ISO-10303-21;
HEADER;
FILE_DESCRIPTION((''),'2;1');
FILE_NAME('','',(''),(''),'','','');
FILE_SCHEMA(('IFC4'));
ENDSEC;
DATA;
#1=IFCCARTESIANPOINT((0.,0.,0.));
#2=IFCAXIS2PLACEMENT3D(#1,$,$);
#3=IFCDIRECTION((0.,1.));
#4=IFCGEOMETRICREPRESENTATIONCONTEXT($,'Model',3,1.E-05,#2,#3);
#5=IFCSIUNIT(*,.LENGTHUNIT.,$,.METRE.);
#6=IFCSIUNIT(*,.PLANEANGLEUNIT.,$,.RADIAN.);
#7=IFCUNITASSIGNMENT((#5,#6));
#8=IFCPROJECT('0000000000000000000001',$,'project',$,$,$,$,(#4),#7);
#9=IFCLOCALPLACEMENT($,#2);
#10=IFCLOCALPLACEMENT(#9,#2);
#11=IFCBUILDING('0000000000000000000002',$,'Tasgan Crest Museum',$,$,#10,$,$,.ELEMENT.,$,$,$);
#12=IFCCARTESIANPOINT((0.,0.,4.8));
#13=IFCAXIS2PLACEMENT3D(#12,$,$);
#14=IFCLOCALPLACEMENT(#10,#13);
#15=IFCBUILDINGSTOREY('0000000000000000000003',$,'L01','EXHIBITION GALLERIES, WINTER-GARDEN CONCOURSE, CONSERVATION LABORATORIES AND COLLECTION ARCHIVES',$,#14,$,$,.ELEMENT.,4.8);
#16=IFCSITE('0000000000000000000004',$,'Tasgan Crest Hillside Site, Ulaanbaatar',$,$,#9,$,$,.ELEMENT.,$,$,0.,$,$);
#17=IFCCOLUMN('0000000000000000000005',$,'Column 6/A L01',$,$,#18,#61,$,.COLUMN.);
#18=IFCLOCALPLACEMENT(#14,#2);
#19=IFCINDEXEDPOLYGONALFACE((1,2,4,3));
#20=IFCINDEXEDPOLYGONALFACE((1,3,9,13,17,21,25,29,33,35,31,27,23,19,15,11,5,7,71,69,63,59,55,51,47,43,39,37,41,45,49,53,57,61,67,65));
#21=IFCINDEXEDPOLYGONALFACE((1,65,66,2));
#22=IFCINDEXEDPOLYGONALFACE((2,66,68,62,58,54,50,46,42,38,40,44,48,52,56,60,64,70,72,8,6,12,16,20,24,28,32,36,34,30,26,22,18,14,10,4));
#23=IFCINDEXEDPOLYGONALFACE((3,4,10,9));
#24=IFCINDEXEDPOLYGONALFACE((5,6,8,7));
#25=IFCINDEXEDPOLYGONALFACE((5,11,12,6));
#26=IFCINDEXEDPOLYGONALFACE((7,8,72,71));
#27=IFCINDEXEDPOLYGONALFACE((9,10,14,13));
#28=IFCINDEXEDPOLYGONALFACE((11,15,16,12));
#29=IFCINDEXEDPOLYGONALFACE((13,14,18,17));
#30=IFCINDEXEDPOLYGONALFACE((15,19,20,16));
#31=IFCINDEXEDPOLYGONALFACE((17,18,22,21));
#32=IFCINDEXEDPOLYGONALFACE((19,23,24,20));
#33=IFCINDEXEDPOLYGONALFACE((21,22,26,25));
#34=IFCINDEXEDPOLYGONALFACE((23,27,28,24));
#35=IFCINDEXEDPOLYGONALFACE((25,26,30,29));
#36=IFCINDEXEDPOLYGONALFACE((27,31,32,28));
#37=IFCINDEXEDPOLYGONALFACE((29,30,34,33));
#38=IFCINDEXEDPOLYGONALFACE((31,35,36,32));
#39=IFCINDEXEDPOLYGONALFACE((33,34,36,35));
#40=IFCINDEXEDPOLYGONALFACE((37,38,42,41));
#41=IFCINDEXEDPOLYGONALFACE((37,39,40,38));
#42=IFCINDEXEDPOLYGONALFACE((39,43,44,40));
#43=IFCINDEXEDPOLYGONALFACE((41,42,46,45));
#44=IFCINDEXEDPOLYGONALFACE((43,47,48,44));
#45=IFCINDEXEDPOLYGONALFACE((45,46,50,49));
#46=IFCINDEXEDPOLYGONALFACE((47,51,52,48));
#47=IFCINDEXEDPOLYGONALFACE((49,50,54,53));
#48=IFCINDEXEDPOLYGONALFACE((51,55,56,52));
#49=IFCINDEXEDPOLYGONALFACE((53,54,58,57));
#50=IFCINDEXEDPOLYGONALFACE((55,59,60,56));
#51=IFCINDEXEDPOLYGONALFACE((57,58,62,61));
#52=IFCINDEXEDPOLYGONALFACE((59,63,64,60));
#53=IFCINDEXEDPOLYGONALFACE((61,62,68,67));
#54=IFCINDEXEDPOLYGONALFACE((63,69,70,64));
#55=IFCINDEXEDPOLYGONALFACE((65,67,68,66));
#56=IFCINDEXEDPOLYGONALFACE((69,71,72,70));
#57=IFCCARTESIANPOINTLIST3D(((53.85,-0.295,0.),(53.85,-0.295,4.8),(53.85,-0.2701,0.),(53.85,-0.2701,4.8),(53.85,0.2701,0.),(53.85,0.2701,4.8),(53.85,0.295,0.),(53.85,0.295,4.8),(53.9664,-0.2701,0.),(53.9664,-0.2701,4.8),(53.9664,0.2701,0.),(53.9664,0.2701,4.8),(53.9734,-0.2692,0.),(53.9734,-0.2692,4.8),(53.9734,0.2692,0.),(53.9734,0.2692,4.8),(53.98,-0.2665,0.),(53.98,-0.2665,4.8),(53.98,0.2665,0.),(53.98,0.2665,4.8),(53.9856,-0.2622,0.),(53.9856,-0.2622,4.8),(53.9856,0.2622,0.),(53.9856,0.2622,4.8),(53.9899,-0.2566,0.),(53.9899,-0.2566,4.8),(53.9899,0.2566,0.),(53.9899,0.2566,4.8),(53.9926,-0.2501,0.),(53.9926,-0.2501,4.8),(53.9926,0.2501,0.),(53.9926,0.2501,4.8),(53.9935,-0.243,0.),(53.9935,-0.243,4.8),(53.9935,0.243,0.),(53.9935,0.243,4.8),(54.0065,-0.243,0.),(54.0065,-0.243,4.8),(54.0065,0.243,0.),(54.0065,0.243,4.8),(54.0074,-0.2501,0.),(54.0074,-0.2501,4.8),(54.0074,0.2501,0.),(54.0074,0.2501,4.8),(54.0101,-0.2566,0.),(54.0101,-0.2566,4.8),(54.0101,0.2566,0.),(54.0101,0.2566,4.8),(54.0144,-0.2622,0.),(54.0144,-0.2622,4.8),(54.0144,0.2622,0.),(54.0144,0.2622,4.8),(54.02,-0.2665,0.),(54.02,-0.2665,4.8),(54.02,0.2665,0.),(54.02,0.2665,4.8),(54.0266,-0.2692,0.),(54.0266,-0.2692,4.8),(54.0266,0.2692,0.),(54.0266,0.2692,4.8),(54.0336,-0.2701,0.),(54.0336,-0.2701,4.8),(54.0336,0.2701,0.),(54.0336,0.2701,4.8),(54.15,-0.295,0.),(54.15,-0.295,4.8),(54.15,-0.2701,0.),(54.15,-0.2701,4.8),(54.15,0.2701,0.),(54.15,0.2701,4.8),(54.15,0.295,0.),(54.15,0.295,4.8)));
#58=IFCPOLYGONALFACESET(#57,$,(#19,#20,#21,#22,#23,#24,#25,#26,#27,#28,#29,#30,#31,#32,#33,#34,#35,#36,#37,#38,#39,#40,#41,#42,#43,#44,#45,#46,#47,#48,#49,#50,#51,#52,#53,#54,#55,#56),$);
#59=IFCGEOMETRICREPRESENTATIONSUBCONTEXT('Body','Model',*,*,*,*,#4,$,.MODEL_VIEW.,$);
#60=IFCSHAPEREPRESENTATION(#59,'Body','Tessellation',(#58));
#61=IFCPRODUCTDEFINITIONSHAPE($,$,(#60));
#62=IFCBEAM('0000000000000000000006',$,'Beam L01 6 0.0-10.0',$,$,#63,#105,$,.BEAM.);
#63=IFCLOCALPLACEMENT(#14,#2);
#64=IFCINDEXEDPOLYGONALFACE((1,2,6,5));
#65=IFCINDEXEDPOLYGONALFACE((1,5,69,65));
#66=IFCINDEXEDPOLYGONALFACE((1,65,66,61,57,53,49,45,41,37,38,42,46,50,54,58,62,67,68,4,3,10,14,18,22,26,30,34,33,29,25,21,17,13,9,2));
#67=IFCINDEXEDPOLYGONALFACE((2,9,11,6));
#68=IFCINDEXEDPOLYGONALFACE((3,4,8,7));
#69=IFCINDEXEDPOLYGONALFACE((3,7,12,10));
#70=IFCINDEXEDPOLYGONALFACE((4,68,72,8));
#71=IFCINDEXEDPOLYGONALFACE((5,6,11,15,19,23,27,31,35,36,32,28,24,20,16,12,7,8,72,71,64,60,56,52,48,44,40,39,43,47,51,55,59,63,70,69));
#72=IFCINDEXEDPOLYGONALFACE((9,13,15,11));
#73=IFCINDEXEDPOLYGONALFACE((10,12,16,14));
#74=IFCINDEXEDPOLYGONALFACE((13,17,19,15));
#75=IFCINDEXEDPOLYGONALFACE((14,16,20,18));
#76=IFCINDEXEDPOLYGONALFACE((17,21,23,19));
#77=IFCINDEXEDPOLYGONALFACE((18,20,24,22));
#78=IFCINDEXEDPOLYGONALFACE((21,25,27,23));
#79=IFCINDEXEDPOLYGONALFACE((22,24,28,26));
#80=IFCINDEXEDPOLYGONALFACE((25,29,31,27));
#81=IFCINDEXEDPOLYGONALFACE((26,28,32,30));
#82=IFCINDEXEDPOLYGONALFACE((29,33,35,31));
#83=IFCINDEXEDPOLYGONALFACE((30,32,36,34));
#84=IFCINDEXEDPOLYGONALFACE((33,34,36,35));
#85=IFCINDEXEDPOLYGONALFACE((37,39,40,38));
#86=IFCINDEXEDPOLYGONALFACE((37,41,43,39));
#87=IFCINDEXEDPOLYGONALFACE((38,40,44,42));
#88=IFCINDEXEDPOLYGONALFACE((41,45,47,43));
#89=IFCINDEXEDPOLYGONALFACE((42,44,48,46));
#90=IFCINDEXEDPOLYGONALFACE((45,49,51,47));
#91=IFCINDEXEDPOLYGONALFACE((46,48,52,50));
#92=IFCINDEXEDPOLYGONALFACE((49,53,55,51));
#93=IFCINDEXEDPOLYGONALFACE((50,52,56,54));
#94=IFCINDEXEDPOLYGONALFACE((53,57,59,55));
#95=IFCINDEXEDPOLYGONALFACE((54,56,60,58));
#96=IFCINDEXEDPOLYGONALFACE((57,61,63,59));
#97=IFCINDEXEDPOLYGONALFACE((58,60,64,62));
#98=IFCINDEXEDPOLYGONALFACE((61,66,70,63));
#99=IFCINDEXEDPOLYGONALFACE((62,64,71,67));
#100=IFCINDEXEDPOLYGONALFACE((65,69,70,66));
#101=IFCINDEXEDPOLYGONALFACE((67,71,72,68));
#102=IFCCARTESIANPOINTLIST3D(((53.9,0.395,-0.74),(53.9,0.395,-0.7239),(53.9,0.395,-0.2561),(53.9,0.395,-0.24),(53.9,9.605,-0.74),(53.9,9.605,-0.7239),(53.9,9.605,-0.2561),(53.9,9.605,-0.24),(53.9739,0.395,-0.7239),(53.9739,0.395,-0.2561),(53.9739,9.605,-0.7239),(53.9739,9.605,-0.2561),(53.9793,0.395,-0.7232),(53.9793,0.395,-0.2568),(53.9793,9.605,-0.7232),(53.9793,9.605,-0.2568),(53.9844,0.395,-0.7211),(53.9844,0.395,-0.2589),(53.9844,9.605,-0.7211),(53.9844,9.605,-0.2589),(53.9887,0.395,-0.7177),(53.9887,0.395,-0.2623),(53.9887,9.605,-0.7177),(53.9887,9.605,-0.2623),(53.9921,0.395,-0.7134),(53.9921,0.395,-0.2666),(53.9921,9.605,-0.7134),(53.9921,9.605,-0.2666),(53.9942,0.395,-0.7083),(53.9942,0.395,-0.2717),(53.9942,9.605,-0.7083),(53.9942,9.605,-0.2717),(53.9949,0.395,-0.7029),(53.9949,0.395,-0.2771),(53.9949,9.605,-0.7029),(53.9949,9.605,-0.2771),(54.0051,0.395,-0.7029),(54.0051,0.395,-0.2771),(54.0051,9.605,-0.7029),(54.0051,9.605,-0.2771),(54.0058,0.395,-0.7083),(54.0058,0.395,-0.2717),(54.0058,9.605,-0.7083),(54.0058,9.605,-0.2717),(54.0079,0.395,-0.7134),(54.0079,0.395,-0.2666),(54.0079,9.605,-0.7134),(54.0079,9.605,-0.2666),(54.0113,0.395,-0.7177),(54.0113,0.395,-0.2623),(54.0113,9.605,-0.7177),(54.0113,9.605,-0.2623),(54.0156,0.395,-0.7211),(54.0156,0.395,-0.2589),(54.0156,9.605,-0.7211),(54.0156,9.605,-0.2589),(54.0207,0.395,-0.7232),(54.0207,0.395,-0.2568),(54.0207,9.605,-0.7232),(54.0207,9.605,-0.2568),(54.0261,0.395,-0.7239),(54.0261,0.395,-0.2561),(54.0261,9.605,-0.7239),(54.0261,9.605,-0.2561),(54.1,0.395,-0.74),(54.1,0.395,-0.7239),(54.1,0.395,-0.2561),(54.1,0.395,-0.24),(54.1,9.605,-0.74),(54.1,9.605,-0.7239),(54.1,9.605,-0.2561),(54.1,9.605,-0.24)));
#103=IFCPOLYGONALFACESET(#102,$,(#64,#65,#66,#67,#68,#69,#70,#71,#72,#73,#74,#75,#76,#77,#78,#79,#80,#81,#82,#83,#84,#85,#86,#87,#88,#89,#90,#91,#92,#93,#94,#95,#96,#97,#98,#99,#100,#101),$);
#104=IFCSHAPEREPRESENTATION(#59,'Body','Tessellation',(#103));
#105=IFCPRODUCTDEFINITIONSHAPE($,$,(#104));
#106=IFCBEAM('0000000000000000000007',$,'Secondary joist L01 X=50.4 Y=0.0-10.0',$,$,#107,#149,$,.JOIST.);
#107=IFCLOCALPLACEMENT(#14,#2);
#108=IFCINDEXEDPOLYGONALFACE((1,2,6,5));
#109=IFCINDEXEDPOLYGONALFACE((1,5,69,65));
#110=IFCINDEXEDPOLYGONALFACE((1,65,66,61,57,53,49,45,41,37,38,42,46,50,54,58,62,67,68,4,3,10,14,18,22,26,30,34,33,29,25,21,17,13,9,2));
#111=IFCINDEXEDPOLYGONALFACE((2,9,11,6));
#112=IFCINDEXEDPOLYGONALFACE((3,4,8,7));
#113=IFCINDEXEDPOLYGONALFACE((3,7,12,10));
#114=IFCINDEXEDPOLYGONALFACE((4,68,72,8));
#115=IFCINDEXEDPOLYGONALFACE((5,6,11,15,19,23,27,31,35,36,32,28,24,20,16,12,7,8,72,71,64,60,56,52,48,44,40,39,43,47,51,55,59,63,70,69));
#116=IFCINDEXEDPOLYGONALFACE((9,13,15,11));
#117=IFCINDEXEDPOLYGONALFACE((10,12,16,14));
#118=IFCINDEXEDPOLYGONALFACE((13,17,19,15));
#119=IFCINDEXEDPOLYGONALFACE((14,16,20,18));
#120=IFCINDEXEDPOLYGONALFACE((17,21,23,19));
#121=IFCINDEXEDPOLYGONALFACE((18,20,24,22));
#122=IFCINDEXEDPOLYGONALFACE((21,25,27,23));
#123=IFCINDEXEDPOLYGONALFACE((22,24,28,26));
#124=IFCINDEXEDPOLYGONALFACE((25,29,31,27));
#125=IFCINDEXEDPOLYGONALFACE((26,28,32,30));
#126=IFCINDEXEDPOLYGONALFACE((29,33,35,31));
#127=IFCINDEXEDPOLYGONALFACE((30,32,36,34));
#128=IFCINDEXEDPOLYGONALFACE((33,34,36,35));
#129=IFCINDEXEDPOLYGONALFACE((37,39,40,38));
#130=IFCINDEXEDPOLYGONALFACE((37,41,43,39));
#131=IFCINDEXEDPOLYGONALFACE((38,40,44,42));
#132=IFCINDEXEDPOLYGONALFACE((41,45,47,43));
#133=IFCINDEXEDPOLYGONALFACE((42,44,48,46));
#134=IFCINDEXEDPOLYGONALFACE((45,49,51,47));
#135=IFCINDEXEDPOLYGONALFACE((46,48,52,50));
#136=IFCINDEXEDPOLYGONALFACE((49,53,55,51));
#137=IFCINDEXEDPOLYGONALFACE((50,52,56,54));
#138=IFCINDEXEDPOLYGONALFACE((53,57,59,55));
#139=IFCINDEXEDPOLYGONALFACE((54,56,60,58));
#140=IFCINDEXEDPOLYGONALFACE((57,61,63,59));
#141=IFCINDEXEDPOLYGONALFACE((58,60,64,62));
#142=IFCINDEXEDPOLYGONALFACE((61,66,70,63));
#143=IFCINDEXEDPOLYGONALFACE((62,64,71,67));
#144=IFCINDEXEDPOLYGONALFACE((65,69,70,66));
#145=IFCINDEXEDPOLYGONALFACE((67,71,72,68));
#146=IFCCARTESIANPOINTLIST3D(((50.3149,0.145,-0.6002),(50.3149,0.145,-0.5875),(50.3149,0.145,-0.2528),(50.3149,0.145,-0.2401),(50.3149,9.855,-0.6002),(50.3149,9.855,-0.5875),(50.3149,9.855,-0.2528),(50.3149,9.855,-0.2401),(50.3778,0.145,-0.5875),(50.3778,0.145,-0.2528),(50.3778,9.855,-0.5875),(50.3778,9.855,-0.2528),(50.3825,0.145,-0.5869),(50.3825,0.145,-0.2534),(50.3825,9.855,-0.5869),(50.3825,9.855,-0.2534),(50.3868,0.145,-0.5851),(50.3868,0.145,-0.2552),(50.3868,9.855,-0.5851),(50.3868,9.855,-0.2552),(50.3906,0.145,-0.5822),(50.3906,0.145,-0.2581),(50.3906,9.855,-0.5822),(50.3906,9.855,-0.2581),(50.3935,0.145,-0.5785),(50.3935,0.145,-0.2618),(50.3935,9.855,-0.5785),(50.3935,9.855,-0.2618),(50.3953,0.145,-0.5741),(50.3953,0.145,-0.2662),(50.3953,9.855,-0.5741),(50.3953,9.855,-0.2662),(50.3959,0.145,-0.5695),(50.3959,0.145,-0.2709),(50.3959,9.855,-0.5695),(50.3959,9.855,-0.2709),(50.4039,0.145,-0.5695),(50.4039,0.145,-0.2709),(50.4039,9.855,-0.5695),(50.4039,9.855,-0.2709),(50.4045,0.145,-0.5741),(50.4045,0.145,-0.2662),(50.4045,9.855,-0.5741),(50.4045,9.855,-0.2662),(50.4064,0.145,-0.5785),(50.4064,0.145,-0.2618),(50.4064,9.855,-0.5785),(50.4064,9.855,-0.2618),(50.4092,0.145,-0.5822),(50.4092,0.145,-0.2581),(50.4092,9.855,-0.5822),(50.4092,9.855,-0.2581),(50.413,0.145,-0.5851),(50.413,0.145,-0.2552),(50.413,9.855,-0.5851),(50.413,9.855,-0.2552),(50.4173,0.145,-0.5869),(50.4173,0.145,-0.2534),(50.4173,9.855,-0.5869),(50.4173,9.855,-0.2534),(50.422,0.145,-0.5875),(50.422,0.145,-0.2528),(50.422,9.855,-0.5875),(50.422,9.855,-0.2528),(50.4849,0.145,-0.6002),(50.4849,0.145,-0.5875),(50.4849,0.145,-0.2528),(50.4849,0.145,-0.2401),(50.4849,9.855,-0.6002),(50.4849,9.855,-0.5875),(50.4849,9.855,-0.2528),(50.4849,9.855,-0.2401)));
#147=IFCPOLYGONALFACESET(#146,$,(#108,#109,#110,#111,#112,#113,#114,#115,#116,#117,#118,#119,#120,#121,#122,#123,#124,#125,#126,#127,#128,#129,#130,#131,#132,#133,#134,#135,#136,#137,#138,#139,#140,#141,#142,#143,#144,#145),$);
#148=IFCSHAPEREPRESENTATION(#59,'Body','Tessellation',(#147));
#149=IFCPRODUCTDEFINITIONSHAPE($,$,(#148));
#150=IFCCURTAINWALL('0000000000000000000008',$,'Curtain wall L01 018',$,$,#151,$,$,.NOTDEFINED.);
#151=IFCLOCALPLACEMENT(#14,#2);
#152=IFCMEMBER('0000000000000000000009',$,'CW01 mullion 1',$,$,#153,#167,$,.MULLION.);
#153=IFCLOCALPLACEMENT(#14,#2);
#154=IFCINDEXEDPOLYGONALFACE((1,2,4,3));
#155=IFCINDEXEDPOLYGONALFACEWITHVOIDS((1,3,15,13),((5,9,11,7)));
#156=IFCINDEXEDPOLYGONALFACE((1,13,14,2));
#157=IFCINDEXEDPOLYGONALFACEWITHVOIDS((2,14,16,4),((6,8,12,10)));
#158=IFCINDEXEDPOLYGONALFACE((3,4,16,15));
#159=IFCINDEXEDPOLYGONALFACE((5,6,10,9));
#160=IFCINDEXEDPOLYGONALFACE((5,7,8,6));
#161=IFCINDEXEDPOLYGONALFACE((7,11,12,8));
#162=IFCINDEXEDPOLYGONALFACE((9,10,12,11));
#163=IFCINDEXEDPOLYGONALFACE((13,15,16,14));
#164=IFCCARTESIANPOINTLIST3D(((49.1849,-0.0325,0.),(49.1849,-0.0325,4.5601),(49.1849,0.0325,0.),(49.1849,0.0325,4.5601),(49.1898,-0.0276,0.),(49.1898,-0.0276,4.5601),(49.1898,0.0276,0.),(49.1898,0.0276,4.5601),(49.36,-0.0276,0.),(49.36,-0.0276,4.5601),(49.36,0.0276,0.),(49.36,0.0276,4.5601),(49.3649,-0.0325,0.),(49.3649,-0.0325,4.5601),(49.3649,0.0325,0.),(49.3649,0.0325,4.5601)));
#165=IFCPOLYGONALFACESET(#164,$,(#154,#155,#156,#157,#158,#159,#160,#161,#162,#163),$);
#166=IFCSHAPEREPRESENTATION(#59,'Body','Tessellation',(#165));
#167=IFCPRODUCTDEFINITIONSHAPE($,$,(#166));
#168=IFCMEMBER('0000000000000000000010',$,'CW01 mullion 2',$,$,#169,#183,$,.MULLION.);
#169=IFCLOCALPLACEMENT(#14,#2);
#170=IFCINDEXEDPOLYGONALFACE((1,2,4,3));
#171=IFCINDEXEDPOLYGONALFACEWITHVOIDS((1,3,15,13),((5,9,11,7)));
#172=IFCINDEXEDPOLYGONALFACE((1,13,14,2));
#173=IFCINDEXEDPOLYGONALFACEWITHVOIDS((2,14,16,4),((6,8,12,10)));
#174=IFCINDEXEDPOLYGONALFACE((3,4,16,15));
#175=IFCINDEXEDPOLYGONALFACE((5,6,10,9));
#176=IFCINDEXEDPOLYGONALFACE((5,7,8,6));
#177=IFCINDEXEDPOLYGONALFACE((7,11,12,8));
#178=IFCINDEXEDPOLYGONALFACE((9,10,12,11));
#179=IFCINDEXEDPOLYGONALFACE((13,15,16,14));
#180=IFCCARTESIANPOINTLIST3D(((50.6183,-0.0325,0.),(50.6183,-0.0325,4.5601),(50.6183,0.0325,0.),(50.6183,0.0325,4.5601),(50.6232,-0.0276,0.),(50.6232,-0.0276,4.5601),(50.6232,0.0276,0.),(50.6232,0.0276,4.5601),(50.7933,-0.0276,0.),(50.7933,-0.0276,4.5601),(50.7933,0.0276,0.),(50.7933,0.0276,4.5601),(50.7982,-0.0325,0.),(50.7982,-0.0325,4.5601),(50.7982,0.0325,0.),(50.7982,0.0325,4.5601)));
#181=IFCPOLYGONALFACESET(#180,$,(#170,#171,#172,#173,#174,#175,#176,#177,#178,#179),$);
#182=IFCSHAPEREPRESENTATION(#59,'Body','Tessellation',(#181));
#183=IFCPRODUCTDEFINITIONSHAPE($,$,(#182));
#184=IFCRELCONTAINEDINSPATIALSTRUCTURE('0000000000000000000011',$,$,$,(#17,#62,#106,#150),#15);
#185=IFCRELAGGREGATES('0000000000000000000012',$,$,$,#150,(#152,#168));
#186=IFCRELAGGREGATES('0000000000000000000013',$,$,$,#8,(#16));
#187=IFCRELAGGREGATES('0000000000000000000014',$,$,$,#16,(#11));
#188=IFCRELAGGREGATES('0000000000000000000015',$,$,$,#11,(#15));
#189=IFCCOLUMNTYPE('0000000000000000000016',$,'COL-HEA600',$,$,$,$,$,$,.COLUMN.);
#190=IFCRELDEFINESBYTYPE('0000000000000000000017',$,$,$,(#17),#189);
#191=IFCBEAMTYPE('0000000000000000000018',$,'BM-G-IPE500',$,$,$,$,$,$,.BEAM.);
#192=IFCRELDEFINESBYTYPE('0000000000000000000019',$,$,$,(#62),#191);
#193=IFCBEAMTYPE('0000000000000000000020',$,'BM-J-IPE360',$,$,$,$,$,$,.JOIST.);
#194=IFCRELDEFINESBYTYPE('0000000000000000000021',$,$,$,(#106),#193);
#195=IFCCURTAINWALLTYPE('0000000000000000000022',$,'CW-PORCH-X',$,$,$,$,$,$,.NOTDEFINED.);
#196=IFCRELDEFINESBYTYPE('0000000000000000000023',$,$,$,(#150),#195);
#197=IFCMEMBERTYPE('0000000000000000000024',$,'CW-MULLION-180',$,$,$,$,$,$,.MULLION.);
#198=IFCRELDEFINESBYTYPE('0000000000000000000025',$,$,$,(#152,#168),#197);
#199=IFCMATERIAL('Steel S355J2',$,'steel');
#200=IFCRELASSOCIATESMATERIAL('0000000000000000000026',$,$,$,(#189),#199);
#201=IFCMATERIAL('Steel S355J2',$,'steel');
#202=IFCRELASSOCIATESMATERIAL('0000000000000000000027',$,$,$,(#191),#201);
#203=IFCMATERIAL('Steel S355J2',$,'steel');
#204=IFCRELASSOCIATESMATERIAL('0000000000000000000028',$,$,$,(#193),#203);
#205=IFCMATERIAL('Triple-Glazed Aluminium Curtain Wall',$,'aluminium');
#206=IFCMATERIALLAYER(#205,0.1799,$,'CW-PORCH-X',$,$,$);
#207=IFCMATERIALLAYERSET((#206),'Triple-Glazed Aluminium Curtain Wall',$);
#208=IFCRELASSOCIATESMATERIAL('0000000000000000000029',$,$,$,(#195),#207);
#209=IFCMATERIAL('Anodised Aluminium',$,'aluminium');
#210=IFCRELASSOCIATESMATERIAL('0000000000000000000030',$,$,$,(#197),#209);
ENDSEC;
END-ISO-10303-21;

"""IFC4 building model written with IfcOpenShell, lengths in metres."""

from ifc_helpers import new_model, si_unit, direction, frame, origin, origin_2d, place, context, subcontext, project, spatial, hollow_rectangle, i_section, extrude, material, layer, layer_set, material_profile, profile_set, type_object, element, aggregate, save


model = new_model("IFC4")

# Units and contexts
model_context = context("Model", 3, precision=1e-05, world=origin(), true_north=direction((0.0, 1.0)))
body_context = subcontext(model_context, "Body", "Model", "MODEL_VIEW")
ifc_project = project(units=[si_unit("LENGTHUNIT", "METRE"), si_unit("PLANEANGLEUNIT", "RADIAN")], contexts=[model_context])

# Site, building, storey
site_placement = place(None, origin())
site = spatial("IfcSite", under=ifc_project, at=site_placement, Name="Tasgan Crest Hillside Site, Ulaanbaatar", CompositionType="ELEMENT", RefElevation=0.0)
building_placement = place(site_placement, origin())
building = spatial("IfcBuilding", under=site, at=building_placement, Name="Tasgan Crest Museum", CompositionType="ELEMENT")
storey_placement = place(building_placement, frame((0.0, 0.0, 4.8)))
storey = spatial("IfcBuildingStorey", under=building, at=storey_placement, Name="L01", Description="EXHIBITION GALLERIES, WINTER-GARDEN CONCOURSE, CONSERVATION LABORATORIES AND COLLECTION ARCHIVES", CompositionType="ELEMENT", Elevation=4.8)

# Column
ifc_material_1 = material(Name="Steel S355J2", Category="steel")
ifc_material_profile_1 = material_profile(ifc_material_1, i_section(OverallWidth=0.3, OverallDepth=0.5901, WebThickness=0.0129, FlangeThickness=0.0249, FilletRadius=0.0271, at=origin_2d()), Name="HEA 600")
ifc_profile_set_1 = profile_set([ifc_material_profile_1], Name="Steel S355J2")
column_type = type_object("IfcColumnType", Name="COL-HEA600", PredefinedType="COLUMN", material=ifc_profile_set_1)
column_placement = place(storey_placement, frame((54.0, 0.0, 0.0), z_axis=(0.0, 0.0, 1.0), x_axis=(1.0, 0.0, 0.0)))
element("IfcColumn", 1, at=column_placement, inside=storey, type_object=column_type, Name="Column 6/A L01", PredefinedType="COLUMN", context=body_context, shape_type="SweptSolid", body=[
    extrude(i_section(OverallWidth=0.3, OverallDepth=0.5901, WebThickness=0.0129, FlangeThickness=0.0249, FilletRadius=0.0271, at=origin_2d()), origin(), (0.0, 0.0, 1.0), 4.8),
])

# Beams
ifc_material_2 = material(Name="Steel S355J2", Category="steel")
ifc_material_profile_2 = material_profile(ifc_material_2, i_section(OverallWidth=0.2, OverallDepth=0.5, WebThickness=0.0103, FlangeThickness=0.0161, FilletRadius=0.021, at=origin_2d()), Name="IPE 500")
ifc_profile_set_2 = profile_set([ifc_material_profile_2], Name="Steel S355J2")
beam_type_1 = type_object("IfcBeamType", Name="BM-G-IPE500", PredefinedType="BEAM", material=ifc_profile_set_2)
beam_1_placement = place(storey_placement, frame((54.0, 0.395, -0.49), z_axis=(0.0, 1.0, 0.0), x_axis=(-1.0, 0.0, 0.0)))
element("IfcBeam", 2, at=beam_1_placement, inside=storey, type_object=beam_type_1, Name="Beam L01 6 0.0-10.0", PredefinedType="BEAM", context=body_context, shape_type="SweptSolid", body=[
    extrude(i_section(OverallWidth=0.2, OverallDepth=0.5, WebThickness=0.0103, FlangeThickness=0.0161, FilletRadius=0.021, at=origin_2d()), origin(), (0.0, 0.0, 1.0), 9.21),
])
ifc_material_3 = material(Name="Steel S355J2", Category="steel")
ifc_material_profile_3 = material_profile(ifc_material_3, i_section(OverallWidth=0.1699, OverallDepth=0.3601, WebThickness=0.0081, FlangeThickness=0.0127, FilletRadius=0.0181, at=origin_2d()), Name="IPE 360")
ifc_profile_set_3 = profile_set([ifc_material_profile_3], Name="Steel S355J2")
beam_type_2 = type_object("IfcBeamType", Name="BM-J-IPE360", PredefinedType="JOIST", material=ifc_profile_set_3)
beam_2_placement = place(storey_placement, frame((50.3999, 0.145, -0.4202), z_axis=(0.0, 1.0, 0.0), x_axis=(-1.0, 0.0, 0.0)))
element("IfcBeam", 3, at=beam_2_placement, inside=storey, type_object=beam_type_2, Name="Secondary joist L01 X=50.4 Y=0.0-10.0", PredefinedType="JOIST", context=body_context, shape_type="SweptSolid", body=[
    extrude(i_section(OverallWidth=0.1699, OverallDepth=0.3601, WebThickness=0.0081, FlangeThickness=0.0127, FilletRadius=0.0181, at=origin_2d()), origin(), (0.0, 0.0, 1.0), 9.71),
])

# Curtain wall, members
ifc_material_4 = material(Name="Triple-Glazed Aluminium Curtain Wall", Category="aluminium")
ifc_layer_1 = layer(ifc_material_4, 0.1799, Name="CW-PORCH-X")
ifc_layer_set_1 = layer_set([ifc_layer_1], Name="Triple-Glazed Aluminium Curtain Wall")
curtain_wall_type_1 = type_object("IfcCurtainWallType", Name="CW-PORCH-X", PredefinedType="NOTDEFINED", material=ifc_layer_set_1)
curtain_wall_1_placement = place(storey_placement, origin())
curtain_wall_1 = element("IfcCurtainWall", 4, at=curtain_wall_1_placement, inside=storey, type_object=curtain_wall_type_1, Name="Curtain wall L01 018", PredefinedType="NOTDEFINED")
ifc_material_5 = material(Name="Anodised Aluminium", Category="aluminium")
ifc_material_profile_4 = material_profile(ifc_material_5, hollow_rectangle(XDim=0.0649, YDim=0.1799, WallThickness=0.0049, at=origin_2d()), Name="ALU MULLION 180x65x5")
ifc_profile_set_4 = profile_set([ifc_material_profile_4], Name="Anodised Aluminium")
member_type_1 = type_object("IfcMemberType", Name="CW-MULLION-180", PredefinedType="MULLION", material=ifc_profile_set_4)
member_1_placement = place(storey_placement, frame((49.2749, 0.0, 0.0), z_axis=(0.0, 0.0, 1.0), x_axis=(0.0, 1.0, 0.0)))
member_1 = element("IfcMember", 5, at=member_1_placement, type_object=member_type_1, Name="CW01 mullion 1", PredefinedType="MULLION", context=body_context, shape_type="SweptSolid", body=[
    extrude(hollow_rectangle(XDim=0.0649, YDim=0.1799, WallThickness=0.0049, at=origin_2d()), origin(), (0.0, 0.0, 1.0), 4.5601),
])
member_2_placement = place(storey_placement, frame((50.7083, 0.0, 0.0), z_axis=(0.0, 0.0, 1.0), x_axis=(0.0, 1.0, 0.0)))
member_2 = element("IfcMember", 6, at=member_2_placement, type_object=member_type_1, Name="CW01 mullion 2", PredefinedType="MULLION", context=body_context, shape_type="SweptSolid", body=[
    extrude(hollow_rectangle(XDim=0.0649, YDim=0.1799, WallThickness=0.0049, at=origin_2d()), origin(), (0.0, 0.0, 1.0), 4.5601),
])

aggregate(curtain_wall_1, [member_1, member_2])

save(model, "model.ifc")
